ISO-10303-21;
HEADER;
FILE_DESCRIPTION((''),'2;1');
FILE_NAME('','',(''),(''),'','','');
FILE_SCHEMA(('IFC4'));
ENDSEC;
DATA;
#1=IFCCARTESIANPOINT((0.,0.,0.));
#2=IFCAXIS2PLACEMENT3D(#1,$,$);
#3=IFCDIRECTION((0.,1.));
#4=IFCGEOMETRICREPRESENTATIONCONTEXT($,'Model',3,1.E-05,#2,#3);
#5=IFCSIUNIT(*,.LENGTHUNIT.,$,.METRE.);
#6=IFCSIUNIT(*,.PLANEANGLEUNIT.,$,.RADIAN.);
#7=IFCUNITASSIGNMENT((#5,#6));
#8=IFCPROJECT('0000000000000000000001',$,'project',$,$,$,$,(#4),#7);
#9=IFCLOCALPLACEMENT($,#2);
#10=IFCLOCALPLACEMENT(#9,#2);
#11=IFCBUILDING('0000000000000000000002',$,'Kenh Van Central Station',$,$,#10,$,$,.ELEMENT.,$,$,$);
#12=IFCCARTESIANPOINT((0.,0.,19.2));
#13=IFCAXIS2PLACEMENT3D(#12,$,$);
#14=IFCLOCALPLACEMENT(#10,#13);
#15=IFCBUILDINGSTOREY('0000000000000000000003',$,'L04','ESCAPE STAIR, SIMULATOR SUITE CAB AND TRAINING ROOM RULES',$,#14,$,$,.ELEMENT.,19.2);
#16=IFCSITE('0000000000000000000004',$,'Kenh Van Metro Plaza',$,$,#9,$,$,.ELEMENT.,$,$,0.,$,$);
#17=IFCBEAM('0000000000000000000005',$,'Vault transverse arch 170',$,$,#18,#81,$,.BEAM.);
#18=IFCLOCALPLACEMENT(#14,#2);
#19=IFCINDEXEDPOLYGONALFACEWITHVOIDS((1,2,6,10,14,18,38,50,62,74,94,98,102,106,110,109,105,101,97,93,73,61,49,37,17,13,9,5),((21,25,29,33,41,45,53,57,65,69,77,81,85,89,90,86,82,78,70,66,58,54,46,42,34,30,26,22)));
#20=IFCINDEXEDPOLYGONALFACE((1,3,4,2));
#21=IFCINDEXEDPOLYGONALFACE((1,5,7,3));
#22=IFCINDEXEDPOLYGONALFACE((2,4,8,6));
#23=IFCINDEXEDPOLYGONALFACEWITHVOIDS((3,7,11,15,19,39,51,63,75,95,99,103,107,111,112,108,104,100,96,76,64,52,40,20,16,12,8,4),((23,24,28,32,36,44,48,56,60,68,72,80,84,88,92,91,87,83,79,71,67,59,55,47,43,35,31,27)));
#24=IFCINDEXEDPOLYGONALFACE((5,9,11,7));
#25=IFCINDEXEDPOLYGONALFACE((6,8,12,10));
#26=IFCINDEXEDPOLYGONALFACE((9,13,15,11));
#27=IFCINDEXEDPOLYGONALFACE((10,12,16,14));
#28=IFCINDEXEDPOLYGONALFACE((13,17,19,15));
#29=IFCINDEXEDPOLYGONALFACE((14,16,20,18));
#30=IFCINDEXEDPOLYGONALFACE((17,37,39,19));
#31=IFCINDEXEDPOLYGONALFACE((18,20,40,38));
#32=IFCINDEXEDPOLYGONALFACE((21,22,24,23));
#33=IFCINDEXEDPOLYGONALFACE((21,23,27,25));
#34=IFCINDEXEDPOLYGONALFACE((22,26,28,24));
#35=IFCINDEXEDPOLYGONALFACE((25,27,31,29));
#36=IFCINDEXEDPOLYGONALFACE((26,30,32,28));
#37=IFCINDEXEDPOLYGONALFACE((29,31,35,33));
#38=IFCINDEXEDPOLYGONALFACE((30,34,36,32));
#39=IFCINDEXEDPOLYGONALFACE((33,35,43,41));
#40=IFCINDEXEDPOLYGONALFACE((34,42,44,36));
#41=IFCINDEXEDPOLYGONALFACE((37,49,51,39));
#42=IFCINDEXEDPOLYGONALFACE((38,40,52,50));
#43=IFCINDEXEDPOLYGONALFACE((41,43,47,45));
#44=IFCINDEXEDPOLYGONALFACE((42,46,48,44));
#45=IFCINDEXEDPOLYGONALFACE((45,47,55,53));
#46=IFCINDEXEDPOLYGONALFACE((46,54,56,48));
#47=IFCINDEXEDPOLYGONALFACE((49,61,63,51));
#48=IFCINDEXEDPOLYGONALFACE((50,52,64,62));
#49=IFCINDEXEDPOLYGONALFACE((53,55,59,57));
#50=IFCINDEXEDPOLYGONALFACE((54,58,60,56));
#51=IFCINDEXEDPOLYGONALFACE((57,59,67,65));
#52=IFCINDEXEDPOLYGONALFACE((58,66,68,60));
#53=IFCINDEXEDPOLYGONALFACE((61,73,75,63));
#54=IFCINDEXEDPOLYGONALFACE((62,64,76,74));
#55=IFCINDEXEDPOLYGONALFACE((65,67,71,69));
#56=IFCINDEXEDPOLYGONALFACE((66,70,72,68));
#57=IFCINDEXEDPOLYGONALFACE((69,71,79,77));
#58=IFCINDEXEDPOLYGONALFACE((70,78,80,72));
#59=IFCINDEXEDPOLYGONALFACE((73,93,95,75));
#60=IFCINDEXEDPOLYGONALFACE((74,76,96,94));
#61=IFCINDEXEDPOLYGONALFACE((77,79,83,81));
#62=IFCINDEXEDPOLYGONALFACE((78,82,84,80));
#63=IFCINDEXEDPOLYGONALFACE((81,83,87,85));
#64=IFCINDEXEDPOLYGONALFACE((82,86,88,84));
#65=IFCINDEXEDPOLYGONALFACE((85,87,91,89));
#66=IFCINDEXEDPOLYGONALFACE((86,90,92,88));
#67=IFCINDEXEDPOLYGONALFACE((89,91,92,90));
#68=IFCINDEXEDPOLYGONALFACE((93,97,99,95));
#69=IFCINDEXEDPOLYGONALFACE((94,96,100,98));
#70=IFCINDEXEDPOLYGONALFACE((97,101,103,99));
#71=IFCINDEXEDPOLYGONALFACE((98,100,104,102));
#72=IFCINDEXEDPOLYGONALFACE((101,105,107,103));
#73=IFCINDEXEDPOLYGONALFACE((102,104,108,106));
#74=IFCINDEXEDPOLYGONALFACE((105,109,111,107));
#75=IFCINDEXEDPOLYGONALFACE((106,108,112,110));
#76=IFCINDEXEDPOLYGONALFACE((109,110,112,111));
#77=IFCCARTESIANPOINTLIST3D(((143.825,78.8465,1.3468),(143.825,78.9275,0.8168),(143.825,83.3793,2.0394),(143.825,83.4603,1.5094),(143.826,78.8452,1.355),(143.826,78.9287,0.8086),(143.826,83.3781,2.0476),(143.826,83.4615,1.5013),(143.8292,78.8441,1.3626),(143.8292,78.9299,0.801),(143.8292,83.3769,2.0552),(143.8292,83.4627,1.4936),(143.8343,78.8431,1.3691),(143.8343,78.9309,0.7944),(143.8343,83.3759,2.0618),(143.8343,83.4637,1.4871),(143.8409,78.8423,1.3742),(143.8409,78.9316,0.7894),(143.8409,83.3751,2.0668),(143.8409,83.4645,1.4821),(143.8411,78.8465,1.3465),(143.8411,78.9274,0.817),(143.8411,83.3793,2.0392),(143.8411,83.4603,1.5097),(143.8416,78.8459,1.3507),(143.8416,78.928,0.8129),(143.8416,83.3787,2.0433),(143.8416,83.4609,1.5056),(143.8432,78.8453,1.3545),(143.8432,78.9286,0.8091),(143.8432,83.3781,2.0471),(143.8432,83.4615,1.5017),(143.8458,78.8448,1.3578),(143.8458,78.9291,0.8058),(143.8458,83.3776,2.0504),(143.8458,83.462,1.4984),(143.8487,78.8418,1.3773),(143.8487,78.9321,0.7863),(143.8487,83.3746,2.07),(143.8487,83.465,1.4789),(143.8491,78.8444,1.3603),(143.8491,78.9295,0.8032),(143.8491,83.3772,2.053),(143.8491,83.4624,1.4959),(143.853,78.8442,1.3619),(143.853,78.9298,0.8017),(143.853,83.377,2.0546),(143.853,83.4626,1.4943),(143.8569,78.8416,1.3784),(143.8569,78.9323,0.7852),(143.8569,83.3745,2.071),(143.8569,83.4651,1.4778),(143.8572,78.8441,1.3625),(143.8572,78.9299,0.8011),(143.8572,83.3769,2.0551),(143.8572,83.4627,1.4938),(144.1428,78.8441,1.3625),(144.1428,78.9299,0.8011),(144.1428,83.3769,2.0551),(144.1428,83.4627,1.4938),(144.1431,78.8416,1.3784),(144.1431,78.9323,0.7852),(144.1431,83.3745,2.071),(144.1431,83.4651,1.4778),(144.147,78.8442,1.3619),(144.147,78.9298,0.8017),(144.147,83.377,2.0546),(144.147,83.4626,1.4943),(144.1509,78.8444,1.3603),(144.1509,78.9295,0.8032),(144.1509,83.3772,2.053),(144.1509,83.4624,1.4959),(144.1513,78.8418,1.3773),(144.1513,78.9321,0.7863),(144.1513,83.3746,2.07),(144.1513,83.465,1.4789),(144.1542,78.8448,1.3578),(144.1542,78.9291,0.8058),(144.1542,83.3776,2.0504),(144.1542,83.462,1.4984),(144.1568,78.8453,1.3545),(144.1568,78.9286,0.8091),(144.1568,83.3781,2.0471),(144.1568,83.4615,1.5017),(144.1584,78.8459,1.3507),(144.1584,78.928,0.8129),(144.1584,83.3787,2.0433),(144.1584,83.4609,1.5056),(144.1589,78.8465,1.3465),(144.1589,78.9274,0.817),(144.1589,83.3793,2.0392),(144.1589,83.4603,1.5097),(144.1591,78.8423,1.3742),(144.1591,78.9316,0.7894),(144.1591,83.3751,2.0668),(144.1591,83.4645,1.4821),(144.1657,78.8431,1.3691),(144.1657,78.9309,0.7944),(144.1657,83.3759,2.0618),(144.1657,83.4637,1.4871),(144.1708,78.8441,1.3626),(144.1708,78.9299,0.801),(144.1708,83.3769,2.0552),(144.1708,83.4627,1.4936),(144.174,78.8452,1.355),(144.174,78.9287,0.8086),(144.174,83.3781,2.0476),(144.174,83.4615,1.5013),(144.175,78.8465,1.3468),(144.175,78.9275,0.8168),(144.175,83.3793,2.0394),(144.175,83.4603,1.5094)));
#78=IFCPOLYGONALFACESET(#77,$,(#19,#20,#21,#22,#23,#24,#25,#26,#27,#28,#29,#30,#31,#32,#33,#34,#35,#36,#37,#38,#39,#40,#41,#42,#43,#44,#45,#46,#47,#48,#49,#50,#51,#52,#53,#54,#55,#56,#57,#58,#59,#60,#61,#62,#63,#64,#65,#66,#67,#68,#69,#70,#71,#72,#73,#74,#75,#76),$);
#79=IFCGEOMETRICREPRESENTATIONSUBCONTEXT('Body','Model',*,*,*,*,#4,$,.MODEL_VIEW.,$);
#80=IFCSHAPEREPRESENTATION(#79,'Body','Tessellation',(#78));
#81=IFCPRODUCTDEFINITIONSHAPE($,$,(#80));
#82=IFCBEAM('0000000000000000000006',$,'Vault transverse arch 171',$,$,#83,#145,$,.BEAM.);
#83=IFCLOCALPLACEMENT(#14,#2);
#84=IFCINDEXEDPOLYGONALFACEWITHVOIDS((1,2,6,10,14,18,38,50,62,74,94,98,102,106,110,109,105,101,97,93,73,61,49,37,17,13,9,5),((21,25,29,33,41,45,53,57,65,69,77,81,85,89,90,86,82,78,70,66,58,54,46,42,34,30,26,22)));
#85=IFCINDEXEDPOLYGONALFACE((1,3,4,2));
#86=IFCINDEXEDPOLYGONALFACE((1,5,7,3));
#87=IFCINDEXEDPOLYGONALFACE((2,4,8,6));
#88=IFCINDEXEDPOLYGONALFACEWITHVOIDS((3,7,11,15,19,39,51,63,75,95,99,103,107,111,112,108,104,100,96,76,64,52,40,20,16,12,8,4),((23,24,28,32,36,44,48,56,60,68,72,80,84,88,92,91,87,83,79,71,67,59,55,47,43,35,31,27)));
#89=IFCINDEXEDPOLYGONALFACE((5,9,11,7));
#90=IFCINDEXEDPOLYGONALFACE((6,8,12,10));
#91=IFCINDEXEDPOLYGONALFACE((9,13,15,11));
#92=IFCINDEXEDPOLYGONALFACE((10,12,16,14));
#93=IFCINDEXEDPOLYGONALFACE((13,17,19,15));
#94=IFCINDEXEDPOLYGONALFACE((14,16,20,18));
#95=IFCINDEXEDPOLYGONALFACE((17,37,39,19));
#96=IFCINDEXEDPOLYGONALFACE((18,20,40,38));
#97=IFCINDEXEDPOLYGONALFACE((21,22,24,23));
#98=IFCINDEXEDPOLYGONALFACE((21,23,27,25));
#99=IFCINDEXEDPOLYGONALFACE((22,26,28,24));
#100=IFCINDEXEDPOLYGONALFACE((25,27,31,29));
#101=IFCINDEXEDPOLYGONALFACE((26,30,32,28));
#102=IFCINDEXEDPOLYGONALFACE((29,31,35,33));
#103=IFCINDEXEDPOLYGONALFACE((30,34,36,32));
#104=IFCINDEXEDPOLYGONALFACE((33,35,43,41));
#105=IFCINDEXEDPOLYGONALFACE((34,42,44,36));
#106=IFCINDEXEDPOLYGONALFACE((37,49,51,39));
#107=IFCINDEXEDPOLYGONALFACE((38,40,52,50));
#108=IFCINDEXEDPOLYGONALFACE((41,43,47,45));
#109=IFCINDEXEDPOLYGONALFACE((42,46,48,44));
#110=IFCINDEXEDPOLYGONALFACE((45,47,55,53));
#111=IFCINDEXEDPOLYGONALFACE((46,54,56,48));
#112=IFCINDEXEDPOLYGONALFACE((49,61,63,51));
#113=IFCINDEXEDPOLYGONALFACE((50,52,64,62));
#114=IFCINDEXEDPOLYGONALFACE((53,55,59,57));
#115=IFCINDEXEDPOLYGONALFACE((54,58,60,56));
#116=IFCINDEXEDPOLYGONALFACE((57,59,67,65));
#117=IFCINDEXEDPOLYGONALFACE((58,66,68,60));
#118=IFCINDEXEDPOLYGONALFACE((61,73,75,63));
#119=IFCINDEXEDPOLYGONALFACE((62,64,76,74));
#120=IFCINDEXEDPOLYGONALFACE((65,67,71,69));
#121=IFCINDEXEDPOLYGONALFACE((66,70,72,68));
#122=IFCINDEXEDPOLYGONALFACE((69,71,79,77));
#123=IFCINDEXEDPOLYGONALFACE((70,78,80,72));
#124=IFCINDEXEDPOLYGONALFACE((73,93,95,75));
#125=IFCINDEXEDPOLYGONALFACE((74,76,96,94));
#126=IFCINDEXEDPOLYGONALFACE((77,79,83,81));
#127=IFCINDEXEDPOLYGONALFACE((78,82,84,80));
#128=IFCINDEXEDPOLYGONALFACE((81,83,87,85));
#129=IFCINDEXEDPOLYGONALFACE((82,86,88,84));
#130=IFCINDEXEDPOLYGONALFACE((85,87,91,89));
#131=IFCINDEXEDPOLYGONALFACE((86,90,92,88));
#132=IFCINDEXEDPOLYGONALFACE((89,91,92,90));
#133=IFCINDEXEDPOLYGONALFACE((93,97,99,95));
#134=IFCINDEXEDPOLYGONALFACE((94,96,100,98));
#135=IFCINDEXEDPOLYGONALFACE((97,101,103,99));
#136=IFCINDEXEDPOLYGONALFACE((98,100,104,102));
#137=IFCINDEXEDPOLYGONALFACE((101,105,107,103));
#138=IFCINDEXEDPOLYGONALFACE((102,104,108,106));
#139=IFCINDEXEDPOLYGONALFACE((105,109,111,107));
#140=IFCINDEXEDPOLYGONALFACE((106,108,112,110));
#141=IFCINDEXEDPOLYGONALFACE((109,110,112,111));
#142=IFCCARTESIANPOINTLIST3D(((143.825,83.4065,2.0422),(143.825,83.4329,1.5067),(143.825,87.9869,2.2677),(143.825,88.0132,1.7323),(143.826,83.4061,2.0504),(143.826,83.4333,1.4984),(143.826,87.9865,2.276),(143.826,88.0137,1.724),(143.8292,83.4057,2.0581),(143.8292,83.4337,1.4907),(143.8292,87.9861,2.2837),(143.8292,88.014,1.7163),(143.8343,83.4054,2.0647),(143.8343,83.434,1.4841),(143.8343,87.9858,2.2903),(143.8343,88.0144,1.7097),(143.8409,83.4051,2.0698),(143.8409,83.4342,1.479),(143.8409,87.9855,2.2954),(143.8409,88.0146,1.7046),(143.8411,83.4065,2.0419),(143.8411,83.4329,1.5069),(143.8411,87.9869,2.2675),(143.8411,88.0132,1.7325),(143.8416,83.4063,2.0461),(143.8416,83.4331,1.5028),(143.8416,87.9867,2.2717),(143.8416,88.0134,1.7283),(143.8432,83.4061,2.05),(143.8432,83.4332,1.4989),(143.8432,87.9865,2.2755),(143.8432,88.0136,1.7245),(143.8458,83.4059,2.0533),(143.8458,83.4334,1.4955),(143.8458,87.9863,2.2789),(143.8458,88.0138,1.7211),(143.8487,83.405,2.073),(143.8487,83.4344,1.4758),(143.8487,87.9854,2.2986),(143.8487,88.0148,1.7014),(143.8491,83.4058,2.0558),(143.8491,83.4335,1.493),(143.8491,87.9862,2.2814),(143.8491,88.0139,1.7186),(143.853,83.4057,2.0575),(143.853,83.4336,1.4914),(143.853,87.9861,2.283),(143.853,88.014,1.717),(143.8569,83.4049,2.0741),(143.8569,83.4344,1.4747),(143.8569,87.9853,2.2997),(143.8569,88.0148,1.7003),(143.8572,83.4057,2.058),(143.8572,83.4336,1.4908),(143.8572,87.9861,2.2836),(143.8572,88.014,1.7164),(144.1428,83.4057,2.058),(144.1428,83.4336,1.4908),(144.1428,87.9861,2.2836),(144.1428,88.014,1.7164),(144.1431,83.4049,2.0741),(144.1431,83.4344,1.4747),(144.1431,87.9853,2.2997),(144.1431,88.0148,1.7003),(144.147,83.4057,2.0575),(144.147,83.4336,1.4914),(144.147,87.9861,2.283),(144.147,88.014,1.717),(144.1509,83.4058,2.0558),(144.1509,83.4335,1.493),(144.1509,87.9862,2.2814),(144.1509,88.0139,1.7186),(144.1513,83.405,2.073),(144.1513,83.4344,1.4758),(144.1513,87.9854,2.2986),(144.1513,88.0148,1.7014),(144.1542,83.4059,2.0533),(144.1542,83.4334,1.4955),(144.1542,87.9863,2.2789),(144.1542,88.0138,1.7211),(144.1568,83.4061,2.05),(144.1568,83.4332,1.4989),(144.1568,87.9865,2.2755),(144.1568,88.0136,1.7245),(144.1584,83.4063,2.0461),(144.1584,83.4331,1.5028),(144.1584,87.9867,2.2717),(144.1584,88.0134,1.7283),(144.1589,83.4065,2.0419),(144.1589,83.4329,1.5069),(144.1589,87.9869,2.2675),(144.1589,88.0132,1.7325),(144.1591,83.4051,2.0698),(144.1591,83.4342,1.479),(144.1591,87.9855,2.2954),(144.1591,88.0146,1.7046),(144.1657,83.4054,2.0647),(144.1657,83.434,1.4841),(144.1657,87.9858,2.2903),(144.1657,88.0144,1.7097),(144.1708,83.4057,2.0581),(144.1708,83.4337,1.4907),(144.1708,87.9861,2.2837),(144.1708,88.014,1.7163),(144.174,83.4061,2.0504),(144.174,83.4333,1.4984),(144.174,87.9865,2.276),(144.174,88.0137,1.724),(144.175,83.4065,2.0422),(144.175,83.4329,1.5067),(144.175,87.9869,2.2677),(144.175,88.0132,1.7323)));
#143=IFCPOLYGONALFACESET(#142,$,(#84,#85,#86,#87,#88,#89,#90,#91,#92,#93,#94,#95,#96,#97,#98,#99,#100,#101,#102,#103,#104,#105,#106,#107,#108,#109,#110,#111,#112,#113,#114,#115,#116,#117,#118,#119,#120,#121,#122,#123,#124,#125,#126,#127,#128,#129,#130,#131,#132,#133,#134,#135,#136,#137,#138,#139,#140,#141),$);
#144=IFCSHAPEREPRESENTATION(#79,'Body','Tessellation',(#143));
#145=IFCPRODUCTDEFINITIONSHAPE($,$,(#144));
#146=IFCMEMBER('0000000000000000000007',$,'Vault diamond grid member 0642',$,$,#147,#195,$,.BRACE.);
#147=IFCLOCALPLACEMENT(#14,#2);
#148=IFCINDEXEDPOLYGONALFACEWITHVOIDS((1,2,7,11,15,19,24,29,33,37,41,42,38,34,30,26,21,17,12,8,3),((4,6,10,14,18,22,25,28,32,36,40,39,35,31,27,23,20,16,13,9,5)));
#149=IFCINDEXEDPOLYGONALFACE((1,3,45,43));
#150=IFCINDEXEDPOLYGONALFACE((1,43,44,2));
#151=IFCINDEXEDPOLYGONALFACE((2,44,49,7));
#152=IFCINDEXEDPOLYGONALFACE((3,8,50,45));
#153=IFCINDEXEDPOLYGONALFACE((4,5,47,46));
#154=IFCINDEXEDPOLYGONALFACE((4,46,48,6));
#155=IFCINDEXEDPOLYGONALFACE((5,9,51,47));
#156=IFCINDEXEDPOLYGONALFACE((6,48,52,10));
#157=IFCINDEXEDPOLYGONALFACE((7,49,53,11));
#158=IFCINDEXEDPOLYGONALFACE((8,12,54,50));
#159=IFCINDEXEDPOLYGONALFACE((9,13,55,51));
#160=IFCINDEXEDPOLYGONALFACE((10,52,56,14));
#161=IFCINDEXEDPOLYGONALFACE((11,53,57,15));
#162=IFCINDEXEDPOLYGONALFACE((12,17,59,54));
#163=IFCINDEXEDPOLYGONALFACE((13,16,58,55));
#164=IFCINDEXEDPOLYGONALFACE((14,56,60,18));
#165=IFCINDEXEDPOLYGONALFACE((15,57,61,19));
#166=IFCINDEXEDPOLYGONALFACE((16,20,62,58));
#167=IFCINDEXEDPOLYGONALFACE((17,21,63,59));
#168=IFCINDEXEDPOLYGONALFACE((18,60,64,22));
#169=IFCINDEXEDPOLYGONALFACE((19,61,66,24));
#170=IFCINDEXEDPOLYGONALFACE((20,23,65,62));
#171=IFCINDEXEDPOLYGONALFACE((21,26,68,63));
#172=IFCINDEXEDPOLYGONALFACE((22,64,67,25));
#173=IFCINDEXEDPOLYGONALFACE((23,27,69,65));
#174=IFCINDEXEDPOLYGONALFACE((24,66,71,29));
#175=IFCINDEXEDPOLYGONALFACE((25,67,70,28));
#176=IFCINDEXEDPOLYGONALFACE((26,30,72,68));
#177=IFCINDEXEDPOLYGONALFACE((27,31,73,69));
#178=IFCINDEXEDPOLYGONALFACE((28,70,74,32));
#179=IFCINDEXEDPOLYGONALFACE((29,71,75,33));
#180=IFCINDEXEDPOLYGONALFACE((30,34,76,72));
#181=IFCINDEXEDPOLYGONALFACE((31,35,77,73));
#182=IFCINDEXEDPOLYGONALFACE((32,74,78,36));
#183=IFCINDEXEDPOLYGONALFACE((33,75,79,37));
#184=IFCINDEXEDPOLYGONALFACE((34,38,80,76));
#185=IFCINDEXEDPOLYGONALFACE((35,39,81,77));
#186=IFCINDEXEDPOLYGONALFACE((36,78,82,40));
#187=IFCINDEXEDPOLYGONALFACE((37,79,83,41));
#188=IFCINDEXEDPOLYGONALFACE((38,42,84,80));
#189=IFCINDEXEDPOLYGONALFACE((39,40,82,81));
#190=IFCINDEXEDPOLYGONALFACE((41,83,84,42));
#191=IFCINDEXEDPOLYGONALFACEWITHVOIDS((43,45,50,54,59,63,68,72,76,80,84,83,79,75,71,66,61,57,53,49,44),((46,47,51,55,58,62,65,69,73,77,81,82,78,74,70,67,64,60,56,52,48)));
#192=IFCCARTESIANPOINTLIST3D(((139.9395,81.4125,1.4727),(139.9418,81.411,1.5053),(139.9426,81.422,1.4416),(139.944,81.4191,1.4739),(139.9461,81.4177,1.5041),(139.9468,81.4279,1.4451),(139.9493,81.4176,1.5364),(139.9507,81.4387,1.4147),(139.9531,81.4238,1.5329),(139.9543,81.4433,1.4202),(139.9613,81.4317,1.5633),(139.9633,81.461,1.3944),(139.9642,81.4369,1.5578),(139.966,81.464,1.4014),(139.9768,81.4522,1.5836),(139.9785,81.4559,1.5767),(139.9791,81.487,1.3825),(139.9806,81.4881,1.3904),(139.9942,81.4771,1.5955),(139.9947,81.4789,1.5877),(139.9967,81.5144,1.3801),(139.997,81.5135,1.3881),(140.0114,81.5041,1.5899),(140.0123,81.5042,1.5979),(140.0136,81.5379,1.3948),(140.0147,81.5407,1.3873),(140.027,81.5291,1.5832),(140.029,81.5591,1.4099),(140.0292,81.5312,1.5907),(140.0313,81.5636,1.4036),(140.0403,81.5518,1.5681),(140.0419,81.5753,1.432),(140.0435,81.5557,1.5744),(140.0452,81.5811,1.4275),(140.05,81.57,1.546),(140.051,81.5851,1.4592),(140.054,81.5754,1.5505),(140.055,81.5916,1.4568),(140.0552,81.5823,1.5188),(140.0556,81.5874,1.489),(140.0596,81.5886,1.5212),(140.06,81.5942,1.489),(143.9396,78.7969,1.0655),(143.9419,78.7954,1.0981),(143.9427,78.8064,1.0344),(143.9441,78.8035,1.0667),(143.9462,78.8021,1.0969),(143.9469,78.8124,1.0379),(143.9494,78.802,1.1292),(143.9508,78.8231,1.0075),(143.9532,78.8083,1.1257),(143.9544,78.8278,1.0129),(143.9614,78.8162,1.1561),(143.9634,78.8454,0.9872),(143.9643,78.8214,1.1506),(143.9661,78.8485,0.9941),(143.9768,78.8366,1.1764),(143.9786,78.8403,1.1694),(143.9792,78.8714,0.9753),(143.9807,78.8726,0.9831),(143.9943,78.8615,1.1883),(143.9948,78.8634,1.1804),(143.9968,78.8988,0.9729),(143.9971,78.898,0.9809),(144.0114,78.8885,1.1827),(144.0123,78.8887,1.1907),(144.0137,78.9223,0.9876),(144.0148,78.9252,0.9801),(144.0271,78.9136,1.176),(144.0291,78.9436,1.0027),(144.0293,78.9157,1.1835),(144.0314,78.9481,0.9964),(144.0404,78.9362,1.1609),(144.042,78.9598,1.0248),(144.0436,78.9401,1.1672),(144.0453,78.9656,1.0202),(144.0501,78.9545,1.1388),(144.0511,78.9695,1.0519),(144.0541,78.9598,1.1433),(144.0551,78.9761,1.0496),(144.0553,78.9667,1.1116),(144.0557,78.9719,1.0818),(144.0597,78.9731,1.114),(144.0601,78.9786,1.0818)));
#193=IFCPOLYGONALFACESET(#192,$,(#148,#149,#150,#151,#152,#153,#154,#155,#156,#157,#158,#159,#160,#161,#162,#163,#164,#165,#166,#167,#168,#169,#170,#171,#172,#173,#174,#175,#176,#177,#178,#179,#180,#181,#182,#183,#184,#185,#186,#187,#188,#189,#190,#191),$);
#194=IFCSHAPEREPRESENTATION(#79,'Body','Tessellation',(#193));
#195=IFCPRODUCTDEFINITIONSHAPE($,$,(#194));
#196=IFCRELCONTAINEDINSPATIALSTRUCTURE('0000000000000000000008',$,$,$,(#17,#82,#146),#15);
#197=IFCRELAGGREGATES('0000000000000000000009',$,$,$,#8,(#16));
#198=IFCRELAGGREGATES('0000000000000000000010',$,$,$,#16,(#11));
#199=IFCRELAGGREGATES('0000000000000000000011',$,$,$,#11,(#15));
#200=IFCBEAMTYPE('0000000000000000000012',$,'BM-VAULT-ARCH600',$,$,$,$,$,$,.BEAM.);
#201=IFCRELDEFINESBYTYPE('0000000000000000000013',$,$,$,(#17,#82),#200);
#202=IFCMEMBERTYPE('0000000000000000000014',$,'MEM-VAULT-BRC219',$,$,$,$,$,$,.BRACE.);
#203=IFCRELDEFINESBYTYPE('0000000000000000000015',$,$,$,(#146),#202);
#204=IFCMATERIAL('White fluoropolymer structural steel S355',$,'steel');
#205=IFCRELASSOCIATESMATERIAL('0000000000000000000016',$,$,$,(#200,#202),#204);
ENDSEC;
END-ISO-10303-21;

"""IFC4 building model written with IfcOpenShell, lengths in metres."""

from ifc_helpers import new_model, si_unit, direction, frame, origin, origin_2d, place, context, subcontext, project, spatial, hollow_rectangle, hollow_circle, extrude, material, material_profile, profile_set, type_object, element, save


model = new_model("IFC4")

# Units and contexts
model_context = context("Model", 3, precision=1e-05, world=origin(), true_north=direction((0.0, 1.0)))
body_context = subcontext(model_context, "Body", "Model", "MODEL_VIEW")
ifc_project = project(units=[si_unit("LENGTHUNIT", "METRE"), si_unit("PLANEANGLEUNIT", "RADIAN")], contexts=[model_context])

# Site, building, storey
site_placement = place(None, origin())
site = spatial("IfcSite", under=ifc_project, at=site_placement, Name="Kenh Van Metro Plaza", CompositionType="ELEMENT", RefElevation=0.0)
building_placement = place(site_placement, origin())
building = spatial("IfcBuilding", under=site, at=building_placement, Name="Kenh Van Central Station", CompositionType="ELEMENT")
storey_placement = place(building_placement, frame((0.0, 0.0, 19.2)))
storey = spatial("IfcBuildingStorey", under=building, at=storey_placement, Name="L04", Description="ESCAPE STAIR, SIMULATOR SUITE CAB AND TRAINING ROOM RULES", CompositionType="ELEMENT", Elevation=19.2)

# Beams
ifc_material_1 = material(Name="White fluoropolymer structural steel S355", Category="steel")
ifc_material_profile_1 = material_profile(ifc_material_1, hollow_rectangle(XDim=0.3501, YDim=0.6001, WallThickness=0.0161, InnerFilletRadius=0.0161, OuterFilletRadius=0.032, at=origin_2d()), Name="RHS 600x350x16")
ifc_profile_set_1 = profile_set([ifc_material_profile_1], Name="White fluoropolymer structural steel S355")
beam_type = type_object("IfcBeamType", Name="BM-VAULT-ARCH600", PredefinedType="BEAM", material=ifc_profile_set_1)
beam_1_placement = place(storey_placement, frame((144.0, 78.887, 1.0818), z_axis=(0.0, 0.988526, 0.151053), x_axis=(-1.0, 0.0, 0.0)))
element("IfcBeam", 1, at=beam_1_placement, inside=storey, type_object=beam_type, Name="Vault transverse arch 170", PredefinedType="BEAM", context=body_context, shape_type="SweptSolid", body=[
    extrude(hollow_rectangle(XDim=0.3501, YDim=0.6001, WallThickness=0.0161, InnerFilletRadius=0.0161, OuterFilletRadius=0.032, at=origin_2d()), origin(), (0.0, 0.0, 1.0), 4.5854),
])
beam_2_placement = place(storey_placement, frame((144.0, 83.4197, 1.7744), z_axis=(0.0, 0.998789, 0.049191), x_axis=(-1.0, 0.0, 0.0)))
element("IfcBeam", 2, at=beam_2_placement, inside=storey, type_object=beam_type, Name="Vault transverse arch 171", PredefinedType="BEAM", context=body_context, shape_type="SweptSolid", body=[
    extrude(hollow_rectangle(XDim=0.3501, YDim=0.6001, WallThickness=0.0161, InnerFilletRadius=0.0161, OuterFilletRadius=0.032, at=origin_2d()), origin(), (0.0, 0.0, 1.0), 4.5859),
])

# Member
ifc_material_profile_2 = material_profile(ifc_material_1, hollow_circle(Radius=0.1096, WallThickness=0.0081, at=origin_2d()), Name="CHS 219.1x8")
ifc_profile_set_2 = profile_set([ifc_material_profile_2], Name="White fluoropolymer structural steel S355")
member_type_1 = type_object("IfcMemberType", Name="MEM-VAULT-BRC219", PredefinedType="BRACE", material=ifc_profile_set_2)
member_1_placement = place(storey_placement, frame((140.0, 81.5024, 1.489), z_axis=(0.833939, -0.545287, -0.0849), x_axis=(0.547263, 0.836961, 0.0)))
element("IfcMember", 3, at=member_1_placement, inside=storey, type_object=member_type_1, Name="Vault diamond grid member 0642", PredefinedType="BRACE", context=body_context, shape_type="SweptSolid", body=[
    extrude(hollow_circle(Radius=0.1096, WallThickness=0.0081, at=origin_2d()), origin(), (0.0, 0.0, 1.0), 4.7966),
])

save(model, "model.ifc")
